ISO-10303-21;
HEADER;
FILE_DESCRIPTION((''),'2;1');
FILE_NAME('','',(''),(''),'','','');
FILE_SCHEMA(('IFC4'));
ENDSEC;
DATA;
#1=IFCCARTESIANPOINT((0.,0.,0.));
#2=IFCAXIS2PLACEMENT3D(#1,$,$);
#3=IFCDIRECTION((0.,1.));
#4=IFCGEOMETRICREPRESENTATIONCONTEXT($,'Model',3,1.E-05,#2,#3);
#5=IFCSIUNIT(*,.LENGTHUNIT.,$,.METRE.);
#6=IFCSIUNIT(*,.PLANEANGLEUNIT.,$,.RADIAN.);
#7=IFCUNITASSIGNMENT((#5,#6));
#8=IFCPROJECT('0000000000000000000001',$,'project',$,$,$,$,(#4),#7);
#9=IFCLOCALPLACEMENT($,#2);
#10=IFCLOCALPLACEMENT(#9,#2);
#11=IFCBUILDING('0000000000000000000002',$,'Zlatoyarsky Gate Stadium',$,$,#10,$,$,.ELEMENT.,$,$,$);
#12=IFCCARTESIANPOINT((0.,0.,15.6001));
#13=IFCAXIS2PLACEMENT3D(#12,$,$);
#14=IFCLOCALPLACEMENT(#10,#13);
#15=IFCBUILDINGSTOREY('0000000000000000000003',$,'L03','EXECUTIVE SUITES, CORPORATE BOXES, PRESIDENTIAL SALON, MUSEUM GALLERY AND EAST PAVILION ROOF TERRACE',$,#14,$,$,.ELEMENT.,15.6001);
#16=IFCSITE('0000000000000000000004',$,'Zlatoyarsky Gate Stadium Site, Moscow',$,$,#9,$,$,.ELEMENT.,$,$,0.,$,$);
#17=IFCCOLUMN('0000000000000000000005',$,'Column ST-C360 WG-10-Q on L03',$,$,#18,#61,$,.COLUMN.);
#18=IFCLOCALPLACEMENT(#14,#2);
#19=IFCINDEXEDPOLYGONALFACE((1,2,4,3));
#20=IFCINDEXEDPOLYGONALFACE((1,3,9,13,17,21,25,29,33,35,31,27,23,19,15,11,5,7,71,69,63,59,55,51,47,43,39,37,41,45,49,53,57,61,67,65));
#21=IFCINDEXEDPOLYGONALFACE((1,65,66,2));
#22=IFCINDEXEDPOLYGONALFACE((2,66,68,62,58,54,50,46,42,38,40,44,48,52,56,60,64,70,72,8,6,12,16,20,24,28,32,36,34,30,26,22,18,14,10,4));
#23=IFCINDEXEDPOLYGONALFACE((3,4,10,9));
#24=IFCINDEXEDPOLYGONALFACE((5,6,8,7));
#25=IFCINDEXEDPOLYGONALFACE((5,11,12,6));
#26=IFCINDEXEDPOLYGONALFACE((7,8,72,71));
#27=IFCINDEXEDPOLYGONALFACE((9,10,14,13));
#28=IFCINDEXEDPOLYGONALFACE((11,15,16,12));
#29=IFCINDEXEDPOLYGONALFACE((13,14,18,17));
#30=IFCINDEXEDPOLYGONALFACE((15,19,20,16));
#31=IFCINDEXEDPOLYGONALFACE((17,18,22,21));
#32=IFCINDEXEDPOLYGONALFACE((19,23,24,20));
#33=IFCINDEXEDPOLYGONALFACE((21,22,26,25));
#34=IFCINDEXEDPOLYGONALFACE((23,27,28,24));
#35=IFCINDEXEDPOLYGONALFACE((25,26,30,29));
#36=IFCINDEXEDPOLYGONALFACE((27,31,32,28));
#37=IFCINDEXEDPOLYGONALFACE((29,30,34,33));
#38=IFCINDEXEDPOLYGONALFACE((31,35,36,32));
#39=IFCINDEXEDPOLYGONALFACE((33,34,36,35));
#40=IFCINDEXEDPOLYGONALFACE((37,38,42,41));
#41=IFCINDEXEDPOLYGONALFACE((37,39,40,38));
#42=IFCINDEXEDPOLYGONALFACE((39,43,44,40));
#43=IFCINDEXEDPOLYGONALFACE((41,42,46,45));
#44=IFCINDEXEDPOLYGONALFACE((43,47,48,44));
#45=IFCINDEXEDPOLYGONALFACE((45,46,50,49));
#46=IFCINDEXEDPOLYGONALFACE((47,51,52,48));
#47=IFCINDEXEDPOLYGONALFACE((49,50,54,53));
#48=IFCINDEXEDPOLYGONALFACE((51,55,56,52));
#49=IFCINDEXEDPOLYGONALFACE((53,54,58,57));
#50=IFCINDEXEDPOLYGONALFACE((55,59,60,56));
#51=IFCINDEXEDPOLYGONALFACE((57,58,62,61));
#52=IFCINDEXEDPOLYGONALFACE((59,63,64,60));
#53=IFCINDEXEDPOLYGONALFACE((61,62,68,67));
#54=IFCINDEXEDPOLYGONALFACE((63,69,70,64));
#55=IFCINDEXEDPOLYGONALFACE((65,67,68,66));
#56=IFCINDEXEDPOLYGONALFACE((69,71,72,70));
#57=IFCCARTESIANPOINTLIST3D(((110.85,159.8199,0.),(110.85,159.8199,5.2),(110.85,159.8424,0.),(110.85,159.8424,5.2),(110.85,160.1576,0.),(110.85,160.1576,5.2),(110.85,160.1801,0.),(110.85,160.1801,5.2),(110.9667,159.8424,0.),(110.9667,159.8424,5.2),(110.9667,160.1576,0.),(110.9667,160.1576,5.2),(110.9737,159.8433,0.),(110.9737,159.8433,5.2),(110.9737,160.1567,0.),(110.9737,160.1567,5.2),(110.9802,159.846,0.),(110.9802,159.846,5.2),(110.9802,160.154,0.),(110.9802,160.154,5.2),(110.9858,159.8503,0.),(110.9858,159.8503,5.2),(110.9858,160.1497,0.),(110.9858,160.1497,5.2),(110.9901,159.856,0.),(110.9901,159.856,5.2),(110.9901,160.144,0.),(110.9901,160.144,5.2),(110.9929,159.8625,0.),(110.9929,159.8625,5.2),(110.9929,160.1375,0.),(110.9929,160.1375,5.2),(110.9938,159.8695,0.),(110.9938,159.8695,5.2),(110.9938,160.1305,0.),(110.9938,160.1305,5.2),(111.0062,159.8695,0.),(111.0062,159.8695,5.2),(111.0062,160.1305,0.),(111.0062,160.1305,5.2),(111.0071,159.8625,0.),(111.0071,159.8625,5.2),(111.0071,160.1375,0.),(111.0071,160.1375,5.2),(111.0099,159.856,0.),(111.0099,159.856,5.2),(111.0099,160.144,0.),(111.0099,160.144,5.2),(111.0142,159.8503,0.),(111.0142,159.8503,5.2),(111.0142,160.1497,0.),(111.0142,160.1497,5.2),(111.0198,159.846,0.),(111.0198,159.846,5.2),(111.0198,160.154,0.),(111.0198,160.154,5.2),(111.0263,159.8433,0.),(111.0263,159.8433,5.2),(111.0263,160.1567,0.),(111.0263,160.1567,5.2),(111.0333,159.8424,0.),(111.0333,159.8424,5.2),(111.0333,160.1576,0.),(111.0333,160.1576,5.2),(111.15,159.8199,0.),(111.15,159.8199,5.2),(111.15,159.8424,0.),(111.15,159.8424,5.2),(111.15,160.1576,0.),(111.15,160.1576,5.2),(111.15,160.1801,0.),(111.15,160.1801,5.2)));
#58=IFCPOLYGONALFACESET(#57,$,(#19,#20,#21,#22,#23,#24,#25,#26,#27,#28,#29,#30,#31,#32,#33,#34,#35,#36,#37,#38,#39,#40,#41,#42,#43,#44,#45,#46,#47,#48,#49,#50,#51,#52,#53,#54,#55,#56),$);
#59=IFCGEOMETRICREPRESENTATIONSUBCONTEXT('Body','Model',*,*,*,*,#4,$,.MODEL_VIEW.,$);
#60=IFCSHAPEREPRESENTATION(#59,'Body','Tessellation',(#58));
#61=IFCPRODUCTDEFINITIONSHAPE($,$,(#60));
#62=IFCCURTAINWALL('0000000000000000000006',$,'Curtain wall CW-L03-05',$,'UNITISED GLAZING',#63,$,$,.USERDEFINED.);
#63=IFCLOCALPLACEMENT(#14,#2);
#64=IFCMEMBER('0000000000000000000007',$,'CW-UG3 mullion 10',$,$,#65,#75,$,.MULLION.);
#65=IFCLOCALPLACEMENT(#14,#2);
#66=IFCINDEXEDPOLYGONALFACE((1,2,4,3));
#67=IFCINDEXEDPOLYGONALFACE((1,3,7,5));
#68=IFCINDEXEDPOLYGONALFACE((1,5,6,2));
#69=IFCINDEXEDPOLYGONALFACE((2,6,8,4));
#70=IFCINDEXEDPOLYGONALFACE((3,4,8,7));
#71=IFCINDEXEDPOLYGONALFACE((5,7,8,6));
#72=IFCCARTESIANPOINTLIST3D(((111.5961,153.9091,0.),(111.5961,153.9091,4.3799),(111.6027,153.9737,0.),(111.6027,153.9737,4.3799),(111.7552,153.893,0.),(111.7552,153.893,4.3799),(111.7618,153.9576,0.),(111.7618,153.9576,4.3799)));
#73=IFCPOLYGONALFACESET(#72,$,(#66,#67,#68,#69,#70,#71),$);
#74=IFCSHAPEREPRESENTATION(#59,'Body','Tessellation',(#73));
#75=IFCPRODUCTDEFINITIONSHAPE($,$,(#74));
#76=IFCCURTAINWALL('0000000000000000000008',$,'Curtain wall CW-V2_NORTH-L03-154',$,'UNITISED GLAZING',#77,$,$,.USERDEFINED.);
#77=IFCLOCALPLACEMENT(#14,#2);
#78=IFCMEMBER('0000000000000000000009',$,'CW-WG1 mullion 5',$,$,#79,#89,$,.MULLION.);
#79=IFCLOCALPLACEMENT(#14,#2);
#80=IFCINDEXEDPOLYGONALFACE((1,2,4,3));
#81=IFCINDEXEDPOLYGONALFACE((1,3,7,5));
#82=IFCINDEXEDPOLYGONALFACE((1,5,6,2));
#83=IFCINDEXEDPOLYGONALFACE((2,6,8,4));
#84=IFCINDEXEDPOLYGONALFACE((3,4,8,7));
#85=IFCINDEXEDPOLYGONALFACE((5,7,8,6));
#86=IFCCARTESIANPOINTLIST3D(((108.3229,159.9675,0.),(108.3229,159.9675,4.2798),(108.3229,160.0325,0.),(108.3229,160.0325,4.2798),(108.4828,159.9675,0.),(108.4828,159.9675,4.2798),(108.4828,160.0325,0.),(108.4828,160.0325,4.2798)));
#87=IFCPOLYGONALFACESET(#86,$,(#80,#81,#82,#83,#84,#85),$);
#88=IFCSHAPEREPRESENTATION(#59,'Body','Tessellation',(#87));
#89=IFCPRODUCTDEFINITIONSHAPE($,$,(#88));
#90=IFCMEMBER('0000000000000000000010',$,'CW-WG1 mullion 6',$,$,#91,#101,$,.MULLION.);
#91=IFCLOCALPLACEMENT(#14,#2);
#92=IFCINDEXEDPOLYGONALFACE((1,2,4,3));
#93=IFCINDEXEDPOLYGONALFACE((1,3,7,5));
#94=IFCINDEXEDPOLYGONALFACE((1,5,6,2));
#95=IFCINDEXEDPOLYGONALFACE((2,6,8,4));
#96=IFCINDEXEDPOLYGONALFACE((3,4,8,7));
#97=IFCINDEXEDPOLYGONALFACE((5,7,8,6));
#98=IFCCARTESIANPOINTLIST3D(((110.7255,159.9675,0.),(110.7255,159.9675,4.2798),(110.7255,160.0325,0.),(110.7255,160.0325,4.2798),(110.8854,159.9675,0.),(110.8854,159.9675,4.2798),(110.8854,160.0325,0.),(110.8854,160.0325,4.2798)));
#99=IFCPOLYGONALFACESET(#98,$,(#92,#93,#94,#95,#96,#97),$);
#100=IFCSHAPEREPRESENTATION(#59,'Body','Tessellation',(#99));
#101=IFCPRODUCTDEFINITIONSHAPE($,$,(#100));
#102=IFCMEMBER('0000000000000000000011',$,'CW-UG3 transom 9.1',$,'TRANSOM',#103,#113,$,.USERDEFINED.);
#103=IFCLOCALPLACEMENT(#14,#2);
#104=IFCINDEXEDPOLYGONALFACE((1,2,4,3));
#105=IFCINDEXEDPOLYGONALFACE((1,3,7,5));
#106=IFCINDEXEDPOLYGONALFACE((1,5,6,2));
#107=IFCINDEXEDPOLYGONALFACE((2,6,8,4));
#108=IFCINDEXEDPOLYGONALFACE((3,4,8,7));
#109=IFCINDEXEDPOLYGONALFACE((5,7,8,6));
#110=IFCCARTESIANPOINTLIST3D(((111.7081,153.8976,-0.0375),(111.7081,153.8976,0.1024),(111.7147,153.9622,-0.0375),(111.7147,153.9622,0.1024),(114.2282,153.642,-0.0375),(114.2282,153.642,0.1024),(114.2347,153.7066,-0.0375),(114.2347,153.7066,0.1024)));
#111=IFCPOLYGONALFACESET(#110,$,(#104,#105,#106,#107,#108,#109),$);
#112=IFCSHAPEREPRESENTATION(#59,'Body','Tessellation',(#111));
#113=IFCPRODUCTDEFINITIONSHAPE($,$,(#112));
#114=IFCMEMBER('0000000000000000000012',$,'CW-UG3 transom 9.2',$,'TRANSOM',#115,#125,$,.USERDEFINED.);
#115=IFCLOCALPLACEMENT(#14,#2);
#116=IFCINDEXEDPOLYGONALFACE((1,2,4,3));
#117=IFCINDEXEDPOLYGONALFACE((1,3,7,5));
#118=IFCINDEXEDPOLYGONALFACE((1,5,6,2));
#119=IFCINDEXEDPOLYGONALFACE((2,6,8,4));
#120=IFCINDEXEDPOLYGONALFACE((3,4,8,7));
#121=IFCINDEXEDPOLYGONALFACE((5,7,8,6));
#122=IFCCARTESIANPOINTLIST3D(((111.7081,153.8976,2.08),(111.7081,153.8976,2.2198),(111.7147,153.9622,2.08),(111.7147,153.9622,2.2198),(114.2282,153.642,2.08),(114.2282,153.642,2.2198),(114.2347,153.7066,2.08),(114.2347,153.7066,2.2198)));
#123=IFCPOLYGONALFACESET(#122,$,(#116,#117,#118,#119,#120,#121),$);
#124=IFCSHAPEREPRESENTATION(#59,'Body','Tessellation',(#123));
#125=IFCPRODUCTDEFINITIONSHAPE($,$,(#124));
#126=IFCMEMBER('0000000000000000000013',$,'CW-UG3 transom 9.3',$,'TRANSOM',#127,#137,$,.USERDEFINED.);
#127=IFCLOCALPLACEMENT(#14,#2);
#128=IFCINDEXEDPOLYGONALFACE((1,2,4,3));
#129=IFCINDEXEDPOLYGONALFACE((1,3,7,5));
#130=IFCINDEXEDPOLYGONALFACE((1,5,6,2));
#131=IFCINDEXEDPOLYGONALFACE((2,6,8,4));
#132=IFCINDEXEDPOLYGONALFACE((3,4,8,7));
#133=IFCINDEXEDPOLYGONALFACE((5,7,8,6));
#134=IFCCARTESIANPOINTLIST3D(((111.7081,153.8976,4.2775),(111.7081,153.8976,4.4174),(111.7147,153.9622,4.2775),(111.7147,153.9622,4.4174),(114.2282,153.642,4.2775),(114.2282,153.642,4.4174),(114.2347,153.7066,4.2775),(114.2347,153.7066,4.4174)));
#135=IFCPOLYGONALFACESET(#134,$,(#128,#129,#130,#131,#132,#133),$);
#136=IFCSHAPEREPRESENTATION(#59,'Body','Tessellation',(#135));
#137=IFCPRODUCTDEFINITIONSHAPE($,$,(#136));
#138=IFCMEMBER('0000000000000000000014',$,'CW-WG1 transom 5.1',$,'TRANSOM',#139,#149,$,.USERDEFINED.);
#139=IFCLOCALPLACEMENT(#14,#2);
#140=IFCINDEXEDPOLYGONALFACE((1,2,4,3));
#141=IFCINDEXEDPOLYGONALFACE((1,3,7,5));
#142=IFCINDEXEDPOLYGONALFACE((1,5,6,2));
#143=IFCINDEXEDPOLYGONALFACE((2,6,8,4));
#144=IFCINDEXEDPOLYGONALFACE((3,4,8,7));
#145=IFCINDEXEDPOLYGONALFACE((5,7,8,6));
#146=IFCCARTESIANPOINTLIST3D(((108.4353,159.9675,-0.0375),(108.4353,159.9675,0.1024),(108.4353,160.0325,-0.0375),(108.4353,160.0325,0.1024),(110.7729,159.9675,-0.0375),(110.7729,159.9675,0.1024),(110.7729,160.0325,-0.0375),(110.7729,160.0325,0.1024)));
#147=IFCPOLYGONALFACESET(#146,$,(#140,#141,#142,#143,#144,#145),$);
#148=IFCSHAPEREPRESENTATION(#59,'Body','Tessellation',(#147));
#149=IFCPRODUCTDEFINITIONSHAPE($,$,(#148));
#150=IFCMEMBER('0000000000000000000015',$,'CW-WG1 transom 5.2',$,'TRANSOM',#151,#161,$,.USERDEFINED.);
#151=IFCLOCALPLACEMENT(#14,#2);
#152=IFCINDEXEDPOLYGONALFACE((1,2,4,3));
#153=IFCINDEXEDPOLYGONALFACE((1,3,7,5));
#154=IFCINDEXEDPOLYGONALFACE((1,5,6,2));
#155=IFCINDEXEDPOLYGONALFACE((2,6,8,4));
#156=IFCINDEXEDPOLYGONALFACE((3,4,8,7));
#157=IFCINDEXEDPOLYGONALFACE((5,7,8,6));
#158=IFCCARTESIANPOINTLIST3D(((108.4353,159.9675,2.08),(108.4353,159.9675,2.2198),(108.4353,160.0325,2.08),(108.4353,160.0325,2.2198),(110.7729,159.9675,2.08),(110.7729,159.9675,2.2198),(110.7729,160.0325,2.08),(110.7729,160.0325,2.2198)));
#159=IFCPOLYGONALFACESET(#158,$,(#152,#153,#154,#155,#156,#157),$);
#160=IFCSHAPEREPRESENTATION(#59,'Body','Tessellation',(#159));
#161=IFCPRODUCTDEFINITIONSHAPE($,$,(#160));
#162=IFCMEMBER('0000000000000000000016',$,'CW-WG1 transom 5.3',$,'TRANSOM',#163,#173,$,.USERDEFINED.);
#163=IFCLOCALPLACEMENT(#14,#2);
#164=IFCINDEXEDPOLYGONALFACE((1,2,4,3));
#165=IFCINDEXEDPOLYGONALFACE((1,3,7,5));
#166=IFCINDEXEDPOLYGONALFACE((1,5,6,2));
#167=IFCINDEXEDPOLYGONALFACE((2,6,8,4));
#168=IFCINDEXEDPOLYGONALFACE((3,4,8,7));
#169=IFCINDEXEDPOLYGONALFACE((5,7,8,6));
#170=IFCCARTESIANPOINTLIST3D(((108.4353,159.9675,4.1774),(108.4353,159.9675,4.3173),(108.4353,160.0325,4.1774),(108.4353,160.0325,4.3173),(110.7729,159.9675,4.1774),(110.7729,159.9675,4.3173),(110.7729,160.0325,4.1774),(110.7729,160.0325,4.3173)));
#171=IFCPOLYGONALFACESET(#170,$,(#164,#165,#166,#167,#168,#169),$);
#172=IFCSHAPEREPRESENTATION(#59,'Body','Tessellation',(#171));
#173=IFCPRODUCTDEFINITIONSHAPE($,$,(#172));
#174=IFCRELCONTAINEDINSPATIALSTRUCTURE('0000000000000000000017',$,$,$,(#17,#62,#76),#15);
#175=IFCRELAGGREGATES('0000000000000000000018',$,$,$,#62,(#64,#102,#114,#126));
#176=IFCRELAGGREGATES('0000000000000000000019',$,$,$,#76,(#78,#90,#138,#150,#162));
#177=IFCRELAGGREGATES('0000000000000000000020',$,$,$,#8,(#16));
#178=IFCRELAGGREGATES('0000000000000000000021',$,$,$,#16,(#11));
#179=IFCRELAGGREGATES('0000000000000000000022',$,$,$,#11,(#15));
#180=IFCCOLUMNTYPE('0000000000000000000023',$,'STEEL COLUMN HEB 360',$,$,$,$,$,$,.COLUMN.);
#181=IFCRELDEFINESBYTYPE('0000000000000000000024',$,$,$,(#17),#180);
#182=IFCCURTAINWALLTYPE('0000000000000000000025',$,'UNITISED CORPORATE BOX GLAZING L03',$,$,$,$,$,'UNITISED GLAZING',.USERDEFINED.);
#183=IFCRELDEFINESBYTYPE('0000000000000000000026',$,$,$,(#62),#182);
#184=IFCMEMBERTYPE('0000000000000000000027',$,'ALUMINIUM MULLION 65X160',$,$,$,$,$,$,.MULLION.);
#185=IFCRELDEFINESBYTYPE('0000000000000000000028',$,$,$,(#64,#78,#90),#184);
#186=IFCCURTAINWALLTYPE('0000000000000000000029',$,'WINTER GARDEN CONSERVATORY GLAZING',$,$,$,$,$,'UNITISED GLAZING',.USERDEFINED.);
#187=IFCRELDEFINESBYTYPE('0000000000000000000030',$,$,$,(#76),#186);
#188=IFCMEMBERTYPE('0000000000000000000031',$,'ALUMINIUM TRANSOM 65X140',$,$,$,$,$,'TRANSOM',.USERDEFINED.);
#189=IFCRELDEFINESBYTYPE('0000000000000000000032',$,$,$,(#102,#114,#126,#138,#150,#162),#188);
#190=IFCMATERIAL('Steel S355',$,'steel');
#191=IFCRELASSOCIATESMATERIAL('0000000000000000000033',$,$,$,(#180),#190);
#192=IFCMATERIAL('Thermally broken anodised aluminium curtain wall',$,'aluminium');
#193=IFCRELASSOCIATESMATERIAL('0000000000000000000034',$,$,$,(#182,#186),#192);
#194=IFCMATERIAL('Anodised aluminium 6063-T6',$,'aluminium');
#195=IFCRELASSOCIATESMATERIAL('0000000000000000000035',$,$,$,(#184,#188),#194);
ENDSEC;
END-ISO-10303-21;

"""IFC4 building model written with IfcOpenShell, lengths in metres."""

from ifc_helpers import new_model, si_unit, direction, frame, origin, origin_2d, place, context, subcontext, project, spatial, rectangle, i_section, extrude, material, material_profile, profile_set, type_object, element, aggregate, save


model = new_model("IFC4")

# Units and contexts
model_context = context("Model", 3, precision=1e-05, world=origin(), true_north=direction((0.0, 1.0)))
body_context = subcontext(model_context, "Body", "Model", "MODEL_VIEW")
ifc_project = project(units=[si_unit("LENGTHUNIT", "METRE"), si_unit("PLANEANGLEUNIT", "RADIAN")], contexts=[model_context])

# Site, building, storey
site_placement = place(None, origin())
site = spatial("IfcSite", under=ifc_project, at=site_placement, Name="Zlatoyarsky Gate Stadium Site, Moscow", CompositionType="ELEMENT", RefElevation=0.0)
building_placement = place(site_placement, origin())
building = spatial("IfcBuilding", under=site, at=building_placement, Name="Zlatoyarsky Gate Stadium", CompositionType="ELEMENT")
storey_placement = place(building_placement, frame((0.0, 0.0, 15.6001)))
storey = spatial("IfcBuildingStorey", under=building, at=storey_placement, Name="L03", Description="EXECUTIVE SUITES, CORPORATE BOXES, PRESIDENTIAL SALON, MUSEUM GALLERY AND EAST PAVILION ROOF TERRACE", CompositionType="ELEMENT", Elevation=15.6001)

# Column
ifc_material_1 = material(Name="Steel S355", Category="steel")
ifc_material_profile_1 = material_profile(ifc_material_1, i_section(OverallWidth=0.3, OverallDepth=0.3601, WebThickness=0.0125, FlangeThickness=0.0225, FilletRadius=0.0271, at=origin_2d()), Name="HEB 360")
ifc_profile_set_1 = profile_set([ifc_material_profile_1], Name="Steel S355")
column_type = type_object("IfcColumnType", Name="STEEL COLUMN HEB 360", PredefinedType="COLUMN", material=ifc_profile_set_1)
column_placement = place(storey_placement, frame((111.0, 160.0, 0.0), z_axis=(0.0, 0.0, 1.0), x_axis=(1.0, 0.0, 0.0)))
element("IfcColumn", 1, at=column_placement, inside=storey, type_object=column_type, Name="Column ST-C360 WG-10-Q on L03", PredefinedType="COLUMN", context=body_context, shape_type="SweptSolid", body=[
    extrude(i_section(OverallWidth=0.3, OverallDepth=0.3601, WebThickness=0.0125, FlangeThickness=0.0225, FilletRadius=0.0271, at=origin_2d()), origin(), (0.0, 0.0, 1.0), 5.2),
])

# Curtain wall, member
ifc_material_2 = material(Name="Thermally broken anodised aluminium curtain wall", Category="aluminium")
curtain_wall_type_1 = type_object("IfcCurtainWallType", Name="UNITISED CORPORATE BOX GLAZING L03", ElementType="UNITISED GLAZING", PredefinedType="USERDEFINED", material=ifc_material_2)
curtain_wall_1_placement = place(storey_placement, origin())
curtain_wall_1 = element("IfcCurtainWall", 2, at=curtain_wall_1_placement, inside=storey, type_object=curtain_wall_type_1, Name="Curtain wall CW-L03-05", ObjectType="UNITISED GLAZING", PredefinedType="USERDEFINED")
ifc_material_3 = material(Name="Anodised aluminium 6063-T6", Category="aluminium")
ifc_material_profile_2 = material_profile(ifc_material_3, rectangle(XDim=0.0649, YDim=0.1599, at=origin_2d()), Name="ALU 65X160")
ifc_profile_set_2 = profile_set([ifc_material_profile_2], Name="Anodised aluminium 6063-T6")
member_type_1 = type_object("IfcMemberType", Name="ALUMINIUM MULLION 65X160", PredefinedType="MULLION", material=ifc_profile_set_2)
member_1_placement = place(storey_placement, frame((111.679, 153.9333, 0.0), z_axis=(0.0, 0.0, 1.0), x_axis=(-0.100968, -0.99489, 0.0)))
member_1 = element("IfcMember", 3, at=member_1_placement, type_object=member_type_1, Name="CW-UG3 mullion 10", PredefinedType="MULLION", context=body_context, shape_type="SweptSolid", body=[
    extrude(rectangle(XDim=0.0649, YDim=0.1599, at=origin_2d()), origin(), (0.0, 0.0, 1.0), 4.3799),
])

# Curtain wall, members
curtain_wall_type_2 = type_object("IfcCurtainWallType", Name="WINTER GARDEN CONSERVATORY GLAZING", ElementType="UNITISED GLAZING", PredefinedType="USERDEFINED", material=ifc_material_2)
curtain_wall_2_placement = place(storey_placement, origin())
curtain_wall_2 = element("IfcCurtainWall", 4, at=curtain_wall_2_placement, inside=storey, type_object=curtain_wall_type_2, Name="Curtain wall CW-V2_NORTH-L03-154", ObjectType="UNITISED GLAZING", PredefinedType="USERDEFINED")
member_2_placement = place(storey_placement, frame((108.4028, 160.0, 0.0), z_axis=(0.0, 0.0, 1.0), x_axis=(0.0, 1.0, 0.0)))
member_2 = element("IfcMember", 5, at=member_2_placement, type_object=member_type_1, Name="CW-WG1 mullion 5", PredefinedType="MULLION", context=body_context, shape_type="SweptSolid", body=[
    extrude(rectangle(XDim=0.0649, YDim=0.1599, at=origin_2d()), origin(), (0.0, 0.0, 1.0), 4.2798),
])
member_3_placement = place(storey_placement, frame((110.8054, 160.0, 0.0), z_axis=(0.0, 0.0, 1.0), x_axis=(0.0, 1.0, 0.0)))
member_3 = element("IfcMember", 6, at=member_3_placement, type_object=member_type_1, Name="CW-WG1 mullion 6", PredefinedType="MULLION", context=body_context, shape_type="SweptSolid", body=[
    extrude(rectangle(XDim=0.0649, YDim=0.1599, at=origin_2d()), origin(), (0.0, 0.0, 1.0), 4.2798),
])

# Members
ifc_material_profile_3 = material_profile(ifc_material_3, rectangle(XDim=0.0649, YDim=0.1399, at=origin_2d()), Name="ALU 65X140")
ifc_profile_set_3 = profile_set([ifc_material_profile_3], Name="Anodised aluminium 6063-T6")
member_type_2 = type_object("IfcMemberType", Name="ALUMINIUM TRANSOM 65X140", ElementType="TRANSOM", PredefinedType="USERDEFINED", material=ifc_profile_set_3)
member_4_placement = place(storey_placement, frame((114.2314, 153.6743, 0.0325), z_axis=(-0.994895, 0.100916, 0.0), x_axis=(-0.100916, -0.994895, 0.0)))
member_4 = element("IfcMember", 7, at=member_4_placement, type_object=member_type_2, Name="CW-UG3 transom 9.1", ObjectType="TRANSOM", PredefinedType="USERDEFINED", context=body_context, shape_type="SweptSolid", body=[
    extrude(rectangle(XDim=0.0649, YDim=0.1399, at=origin_2d()), origin(), (0.0, 0.0, 1.0), 2.533),
])
member_5_placement = place(storey_placement, frame((114.2314, 153.6743, 2.1499), z_axis=(-0.994895, 0.100916, 0.0), x_axis=(-0.100916, -0.994895, 0.0)))
member_5 = element("IfcMember", 8, at=member_5_placement, type_object=member_type_2, Name="CW-UG3 transom 9.2", ObjectType="TRANSOM", PredefinedType="USERDEFINED", context=body_context, shape_type="SweptSolid", body=[
    extrude(rectangle(XDim=0.0649, YDim=0.1399, at=origin_2d()), origin(), (0.0, 0.0, 1.0), 2.533),
])
member_6_placement = place(storey_placement, frame((114.2314, 153.6743, 4.3474), z_axis=(-0.994895, 0.100916, 0.0), x_axis=(-0.100916, -0.994895, 0.0)))
member_6 = element("IfcMember", 9, at=member_6_placement, type_object=member_type_2, Name="CW-UG3 transom 9.3", ObjectType="TRANSOM", PredefinedType="USERDEFINED", context=body_context, shape_type="SweptSolid", body=[
    extrude(rectangle(XDim=0.0649, YDim=0.1399, at=origin_2d()), origin(), (0.0, 0.0, 1.0), 2.533),
])
member_7_placement = place(storey_placement, frame((108.4353, 160.0, 0.0325), z_axis=(1.0, 0.0, 0.0), x_axis=(0.0, 1.0, 0.0)))
member_7 = element("IfcMember", 10, at=member_7_placement, type_object=member_type_2, Name="CW-WG1 transom 5.1", ObjectType="TRANSOM", PredefinedType="USERDEFINED", context=body_context, shape_type="SweptSolid", body=[
    extrude(rectangle(XDim=0.0649, YDim=0.1399, at=origin_2d()), origin(), (0.0, 0.0, 1.0), 2.3376),
])
member_8_placement = place(storey_placement, frame((108.4353, 160.0, 2.1499), z_axis=(1.0, 0.0, 0.0), x_axis=(0.0, 1.0, 0.0)))
member_8 = element("IfcMember", 11, at=member_8_placement, type_object=member_type_2, Name="CW-WG1 transom 5.2", ObjectType="TRANSOM", PredefinedType="USERDEFINED", context=body_context, shape_type="SweptSolid", body=[
    extrude(rectangle(XDim=0.0649, YDim=0.1399, at=origin_2d()), origin(), (0.0, 0.0, 1.0), 2.3376),
])
member_9_placement = place(storey_placement, frame((108.4353, 160.0, 4.2473), z_axis=(1.0, 0.0, 0.0), x_axis=(0.0, 1.0, 0.0)))
member_9 = element("IfcMember", 12, at=member_9_placement, type_object=member_type_2, Name="CW-WG1 transom 5.3", ObjectType="TRANSOM", PredefinedType="USERDEFINED", context=body_context, shape_type="SweptSolid", body=[
    extrude(rectangle(XDim=0.0649, YDim=0.1399, at=origin_2d()), origin(), (0.0, 0.0, 1.0), 2.3376),
])

aggregate(curtain_wall_1, [member_1, member_4, member_5, member_6])
aggregate(curtain_wall_2, [member_2, member_3, member_7, member_8, member_9])

save(model, "model.ifc")
